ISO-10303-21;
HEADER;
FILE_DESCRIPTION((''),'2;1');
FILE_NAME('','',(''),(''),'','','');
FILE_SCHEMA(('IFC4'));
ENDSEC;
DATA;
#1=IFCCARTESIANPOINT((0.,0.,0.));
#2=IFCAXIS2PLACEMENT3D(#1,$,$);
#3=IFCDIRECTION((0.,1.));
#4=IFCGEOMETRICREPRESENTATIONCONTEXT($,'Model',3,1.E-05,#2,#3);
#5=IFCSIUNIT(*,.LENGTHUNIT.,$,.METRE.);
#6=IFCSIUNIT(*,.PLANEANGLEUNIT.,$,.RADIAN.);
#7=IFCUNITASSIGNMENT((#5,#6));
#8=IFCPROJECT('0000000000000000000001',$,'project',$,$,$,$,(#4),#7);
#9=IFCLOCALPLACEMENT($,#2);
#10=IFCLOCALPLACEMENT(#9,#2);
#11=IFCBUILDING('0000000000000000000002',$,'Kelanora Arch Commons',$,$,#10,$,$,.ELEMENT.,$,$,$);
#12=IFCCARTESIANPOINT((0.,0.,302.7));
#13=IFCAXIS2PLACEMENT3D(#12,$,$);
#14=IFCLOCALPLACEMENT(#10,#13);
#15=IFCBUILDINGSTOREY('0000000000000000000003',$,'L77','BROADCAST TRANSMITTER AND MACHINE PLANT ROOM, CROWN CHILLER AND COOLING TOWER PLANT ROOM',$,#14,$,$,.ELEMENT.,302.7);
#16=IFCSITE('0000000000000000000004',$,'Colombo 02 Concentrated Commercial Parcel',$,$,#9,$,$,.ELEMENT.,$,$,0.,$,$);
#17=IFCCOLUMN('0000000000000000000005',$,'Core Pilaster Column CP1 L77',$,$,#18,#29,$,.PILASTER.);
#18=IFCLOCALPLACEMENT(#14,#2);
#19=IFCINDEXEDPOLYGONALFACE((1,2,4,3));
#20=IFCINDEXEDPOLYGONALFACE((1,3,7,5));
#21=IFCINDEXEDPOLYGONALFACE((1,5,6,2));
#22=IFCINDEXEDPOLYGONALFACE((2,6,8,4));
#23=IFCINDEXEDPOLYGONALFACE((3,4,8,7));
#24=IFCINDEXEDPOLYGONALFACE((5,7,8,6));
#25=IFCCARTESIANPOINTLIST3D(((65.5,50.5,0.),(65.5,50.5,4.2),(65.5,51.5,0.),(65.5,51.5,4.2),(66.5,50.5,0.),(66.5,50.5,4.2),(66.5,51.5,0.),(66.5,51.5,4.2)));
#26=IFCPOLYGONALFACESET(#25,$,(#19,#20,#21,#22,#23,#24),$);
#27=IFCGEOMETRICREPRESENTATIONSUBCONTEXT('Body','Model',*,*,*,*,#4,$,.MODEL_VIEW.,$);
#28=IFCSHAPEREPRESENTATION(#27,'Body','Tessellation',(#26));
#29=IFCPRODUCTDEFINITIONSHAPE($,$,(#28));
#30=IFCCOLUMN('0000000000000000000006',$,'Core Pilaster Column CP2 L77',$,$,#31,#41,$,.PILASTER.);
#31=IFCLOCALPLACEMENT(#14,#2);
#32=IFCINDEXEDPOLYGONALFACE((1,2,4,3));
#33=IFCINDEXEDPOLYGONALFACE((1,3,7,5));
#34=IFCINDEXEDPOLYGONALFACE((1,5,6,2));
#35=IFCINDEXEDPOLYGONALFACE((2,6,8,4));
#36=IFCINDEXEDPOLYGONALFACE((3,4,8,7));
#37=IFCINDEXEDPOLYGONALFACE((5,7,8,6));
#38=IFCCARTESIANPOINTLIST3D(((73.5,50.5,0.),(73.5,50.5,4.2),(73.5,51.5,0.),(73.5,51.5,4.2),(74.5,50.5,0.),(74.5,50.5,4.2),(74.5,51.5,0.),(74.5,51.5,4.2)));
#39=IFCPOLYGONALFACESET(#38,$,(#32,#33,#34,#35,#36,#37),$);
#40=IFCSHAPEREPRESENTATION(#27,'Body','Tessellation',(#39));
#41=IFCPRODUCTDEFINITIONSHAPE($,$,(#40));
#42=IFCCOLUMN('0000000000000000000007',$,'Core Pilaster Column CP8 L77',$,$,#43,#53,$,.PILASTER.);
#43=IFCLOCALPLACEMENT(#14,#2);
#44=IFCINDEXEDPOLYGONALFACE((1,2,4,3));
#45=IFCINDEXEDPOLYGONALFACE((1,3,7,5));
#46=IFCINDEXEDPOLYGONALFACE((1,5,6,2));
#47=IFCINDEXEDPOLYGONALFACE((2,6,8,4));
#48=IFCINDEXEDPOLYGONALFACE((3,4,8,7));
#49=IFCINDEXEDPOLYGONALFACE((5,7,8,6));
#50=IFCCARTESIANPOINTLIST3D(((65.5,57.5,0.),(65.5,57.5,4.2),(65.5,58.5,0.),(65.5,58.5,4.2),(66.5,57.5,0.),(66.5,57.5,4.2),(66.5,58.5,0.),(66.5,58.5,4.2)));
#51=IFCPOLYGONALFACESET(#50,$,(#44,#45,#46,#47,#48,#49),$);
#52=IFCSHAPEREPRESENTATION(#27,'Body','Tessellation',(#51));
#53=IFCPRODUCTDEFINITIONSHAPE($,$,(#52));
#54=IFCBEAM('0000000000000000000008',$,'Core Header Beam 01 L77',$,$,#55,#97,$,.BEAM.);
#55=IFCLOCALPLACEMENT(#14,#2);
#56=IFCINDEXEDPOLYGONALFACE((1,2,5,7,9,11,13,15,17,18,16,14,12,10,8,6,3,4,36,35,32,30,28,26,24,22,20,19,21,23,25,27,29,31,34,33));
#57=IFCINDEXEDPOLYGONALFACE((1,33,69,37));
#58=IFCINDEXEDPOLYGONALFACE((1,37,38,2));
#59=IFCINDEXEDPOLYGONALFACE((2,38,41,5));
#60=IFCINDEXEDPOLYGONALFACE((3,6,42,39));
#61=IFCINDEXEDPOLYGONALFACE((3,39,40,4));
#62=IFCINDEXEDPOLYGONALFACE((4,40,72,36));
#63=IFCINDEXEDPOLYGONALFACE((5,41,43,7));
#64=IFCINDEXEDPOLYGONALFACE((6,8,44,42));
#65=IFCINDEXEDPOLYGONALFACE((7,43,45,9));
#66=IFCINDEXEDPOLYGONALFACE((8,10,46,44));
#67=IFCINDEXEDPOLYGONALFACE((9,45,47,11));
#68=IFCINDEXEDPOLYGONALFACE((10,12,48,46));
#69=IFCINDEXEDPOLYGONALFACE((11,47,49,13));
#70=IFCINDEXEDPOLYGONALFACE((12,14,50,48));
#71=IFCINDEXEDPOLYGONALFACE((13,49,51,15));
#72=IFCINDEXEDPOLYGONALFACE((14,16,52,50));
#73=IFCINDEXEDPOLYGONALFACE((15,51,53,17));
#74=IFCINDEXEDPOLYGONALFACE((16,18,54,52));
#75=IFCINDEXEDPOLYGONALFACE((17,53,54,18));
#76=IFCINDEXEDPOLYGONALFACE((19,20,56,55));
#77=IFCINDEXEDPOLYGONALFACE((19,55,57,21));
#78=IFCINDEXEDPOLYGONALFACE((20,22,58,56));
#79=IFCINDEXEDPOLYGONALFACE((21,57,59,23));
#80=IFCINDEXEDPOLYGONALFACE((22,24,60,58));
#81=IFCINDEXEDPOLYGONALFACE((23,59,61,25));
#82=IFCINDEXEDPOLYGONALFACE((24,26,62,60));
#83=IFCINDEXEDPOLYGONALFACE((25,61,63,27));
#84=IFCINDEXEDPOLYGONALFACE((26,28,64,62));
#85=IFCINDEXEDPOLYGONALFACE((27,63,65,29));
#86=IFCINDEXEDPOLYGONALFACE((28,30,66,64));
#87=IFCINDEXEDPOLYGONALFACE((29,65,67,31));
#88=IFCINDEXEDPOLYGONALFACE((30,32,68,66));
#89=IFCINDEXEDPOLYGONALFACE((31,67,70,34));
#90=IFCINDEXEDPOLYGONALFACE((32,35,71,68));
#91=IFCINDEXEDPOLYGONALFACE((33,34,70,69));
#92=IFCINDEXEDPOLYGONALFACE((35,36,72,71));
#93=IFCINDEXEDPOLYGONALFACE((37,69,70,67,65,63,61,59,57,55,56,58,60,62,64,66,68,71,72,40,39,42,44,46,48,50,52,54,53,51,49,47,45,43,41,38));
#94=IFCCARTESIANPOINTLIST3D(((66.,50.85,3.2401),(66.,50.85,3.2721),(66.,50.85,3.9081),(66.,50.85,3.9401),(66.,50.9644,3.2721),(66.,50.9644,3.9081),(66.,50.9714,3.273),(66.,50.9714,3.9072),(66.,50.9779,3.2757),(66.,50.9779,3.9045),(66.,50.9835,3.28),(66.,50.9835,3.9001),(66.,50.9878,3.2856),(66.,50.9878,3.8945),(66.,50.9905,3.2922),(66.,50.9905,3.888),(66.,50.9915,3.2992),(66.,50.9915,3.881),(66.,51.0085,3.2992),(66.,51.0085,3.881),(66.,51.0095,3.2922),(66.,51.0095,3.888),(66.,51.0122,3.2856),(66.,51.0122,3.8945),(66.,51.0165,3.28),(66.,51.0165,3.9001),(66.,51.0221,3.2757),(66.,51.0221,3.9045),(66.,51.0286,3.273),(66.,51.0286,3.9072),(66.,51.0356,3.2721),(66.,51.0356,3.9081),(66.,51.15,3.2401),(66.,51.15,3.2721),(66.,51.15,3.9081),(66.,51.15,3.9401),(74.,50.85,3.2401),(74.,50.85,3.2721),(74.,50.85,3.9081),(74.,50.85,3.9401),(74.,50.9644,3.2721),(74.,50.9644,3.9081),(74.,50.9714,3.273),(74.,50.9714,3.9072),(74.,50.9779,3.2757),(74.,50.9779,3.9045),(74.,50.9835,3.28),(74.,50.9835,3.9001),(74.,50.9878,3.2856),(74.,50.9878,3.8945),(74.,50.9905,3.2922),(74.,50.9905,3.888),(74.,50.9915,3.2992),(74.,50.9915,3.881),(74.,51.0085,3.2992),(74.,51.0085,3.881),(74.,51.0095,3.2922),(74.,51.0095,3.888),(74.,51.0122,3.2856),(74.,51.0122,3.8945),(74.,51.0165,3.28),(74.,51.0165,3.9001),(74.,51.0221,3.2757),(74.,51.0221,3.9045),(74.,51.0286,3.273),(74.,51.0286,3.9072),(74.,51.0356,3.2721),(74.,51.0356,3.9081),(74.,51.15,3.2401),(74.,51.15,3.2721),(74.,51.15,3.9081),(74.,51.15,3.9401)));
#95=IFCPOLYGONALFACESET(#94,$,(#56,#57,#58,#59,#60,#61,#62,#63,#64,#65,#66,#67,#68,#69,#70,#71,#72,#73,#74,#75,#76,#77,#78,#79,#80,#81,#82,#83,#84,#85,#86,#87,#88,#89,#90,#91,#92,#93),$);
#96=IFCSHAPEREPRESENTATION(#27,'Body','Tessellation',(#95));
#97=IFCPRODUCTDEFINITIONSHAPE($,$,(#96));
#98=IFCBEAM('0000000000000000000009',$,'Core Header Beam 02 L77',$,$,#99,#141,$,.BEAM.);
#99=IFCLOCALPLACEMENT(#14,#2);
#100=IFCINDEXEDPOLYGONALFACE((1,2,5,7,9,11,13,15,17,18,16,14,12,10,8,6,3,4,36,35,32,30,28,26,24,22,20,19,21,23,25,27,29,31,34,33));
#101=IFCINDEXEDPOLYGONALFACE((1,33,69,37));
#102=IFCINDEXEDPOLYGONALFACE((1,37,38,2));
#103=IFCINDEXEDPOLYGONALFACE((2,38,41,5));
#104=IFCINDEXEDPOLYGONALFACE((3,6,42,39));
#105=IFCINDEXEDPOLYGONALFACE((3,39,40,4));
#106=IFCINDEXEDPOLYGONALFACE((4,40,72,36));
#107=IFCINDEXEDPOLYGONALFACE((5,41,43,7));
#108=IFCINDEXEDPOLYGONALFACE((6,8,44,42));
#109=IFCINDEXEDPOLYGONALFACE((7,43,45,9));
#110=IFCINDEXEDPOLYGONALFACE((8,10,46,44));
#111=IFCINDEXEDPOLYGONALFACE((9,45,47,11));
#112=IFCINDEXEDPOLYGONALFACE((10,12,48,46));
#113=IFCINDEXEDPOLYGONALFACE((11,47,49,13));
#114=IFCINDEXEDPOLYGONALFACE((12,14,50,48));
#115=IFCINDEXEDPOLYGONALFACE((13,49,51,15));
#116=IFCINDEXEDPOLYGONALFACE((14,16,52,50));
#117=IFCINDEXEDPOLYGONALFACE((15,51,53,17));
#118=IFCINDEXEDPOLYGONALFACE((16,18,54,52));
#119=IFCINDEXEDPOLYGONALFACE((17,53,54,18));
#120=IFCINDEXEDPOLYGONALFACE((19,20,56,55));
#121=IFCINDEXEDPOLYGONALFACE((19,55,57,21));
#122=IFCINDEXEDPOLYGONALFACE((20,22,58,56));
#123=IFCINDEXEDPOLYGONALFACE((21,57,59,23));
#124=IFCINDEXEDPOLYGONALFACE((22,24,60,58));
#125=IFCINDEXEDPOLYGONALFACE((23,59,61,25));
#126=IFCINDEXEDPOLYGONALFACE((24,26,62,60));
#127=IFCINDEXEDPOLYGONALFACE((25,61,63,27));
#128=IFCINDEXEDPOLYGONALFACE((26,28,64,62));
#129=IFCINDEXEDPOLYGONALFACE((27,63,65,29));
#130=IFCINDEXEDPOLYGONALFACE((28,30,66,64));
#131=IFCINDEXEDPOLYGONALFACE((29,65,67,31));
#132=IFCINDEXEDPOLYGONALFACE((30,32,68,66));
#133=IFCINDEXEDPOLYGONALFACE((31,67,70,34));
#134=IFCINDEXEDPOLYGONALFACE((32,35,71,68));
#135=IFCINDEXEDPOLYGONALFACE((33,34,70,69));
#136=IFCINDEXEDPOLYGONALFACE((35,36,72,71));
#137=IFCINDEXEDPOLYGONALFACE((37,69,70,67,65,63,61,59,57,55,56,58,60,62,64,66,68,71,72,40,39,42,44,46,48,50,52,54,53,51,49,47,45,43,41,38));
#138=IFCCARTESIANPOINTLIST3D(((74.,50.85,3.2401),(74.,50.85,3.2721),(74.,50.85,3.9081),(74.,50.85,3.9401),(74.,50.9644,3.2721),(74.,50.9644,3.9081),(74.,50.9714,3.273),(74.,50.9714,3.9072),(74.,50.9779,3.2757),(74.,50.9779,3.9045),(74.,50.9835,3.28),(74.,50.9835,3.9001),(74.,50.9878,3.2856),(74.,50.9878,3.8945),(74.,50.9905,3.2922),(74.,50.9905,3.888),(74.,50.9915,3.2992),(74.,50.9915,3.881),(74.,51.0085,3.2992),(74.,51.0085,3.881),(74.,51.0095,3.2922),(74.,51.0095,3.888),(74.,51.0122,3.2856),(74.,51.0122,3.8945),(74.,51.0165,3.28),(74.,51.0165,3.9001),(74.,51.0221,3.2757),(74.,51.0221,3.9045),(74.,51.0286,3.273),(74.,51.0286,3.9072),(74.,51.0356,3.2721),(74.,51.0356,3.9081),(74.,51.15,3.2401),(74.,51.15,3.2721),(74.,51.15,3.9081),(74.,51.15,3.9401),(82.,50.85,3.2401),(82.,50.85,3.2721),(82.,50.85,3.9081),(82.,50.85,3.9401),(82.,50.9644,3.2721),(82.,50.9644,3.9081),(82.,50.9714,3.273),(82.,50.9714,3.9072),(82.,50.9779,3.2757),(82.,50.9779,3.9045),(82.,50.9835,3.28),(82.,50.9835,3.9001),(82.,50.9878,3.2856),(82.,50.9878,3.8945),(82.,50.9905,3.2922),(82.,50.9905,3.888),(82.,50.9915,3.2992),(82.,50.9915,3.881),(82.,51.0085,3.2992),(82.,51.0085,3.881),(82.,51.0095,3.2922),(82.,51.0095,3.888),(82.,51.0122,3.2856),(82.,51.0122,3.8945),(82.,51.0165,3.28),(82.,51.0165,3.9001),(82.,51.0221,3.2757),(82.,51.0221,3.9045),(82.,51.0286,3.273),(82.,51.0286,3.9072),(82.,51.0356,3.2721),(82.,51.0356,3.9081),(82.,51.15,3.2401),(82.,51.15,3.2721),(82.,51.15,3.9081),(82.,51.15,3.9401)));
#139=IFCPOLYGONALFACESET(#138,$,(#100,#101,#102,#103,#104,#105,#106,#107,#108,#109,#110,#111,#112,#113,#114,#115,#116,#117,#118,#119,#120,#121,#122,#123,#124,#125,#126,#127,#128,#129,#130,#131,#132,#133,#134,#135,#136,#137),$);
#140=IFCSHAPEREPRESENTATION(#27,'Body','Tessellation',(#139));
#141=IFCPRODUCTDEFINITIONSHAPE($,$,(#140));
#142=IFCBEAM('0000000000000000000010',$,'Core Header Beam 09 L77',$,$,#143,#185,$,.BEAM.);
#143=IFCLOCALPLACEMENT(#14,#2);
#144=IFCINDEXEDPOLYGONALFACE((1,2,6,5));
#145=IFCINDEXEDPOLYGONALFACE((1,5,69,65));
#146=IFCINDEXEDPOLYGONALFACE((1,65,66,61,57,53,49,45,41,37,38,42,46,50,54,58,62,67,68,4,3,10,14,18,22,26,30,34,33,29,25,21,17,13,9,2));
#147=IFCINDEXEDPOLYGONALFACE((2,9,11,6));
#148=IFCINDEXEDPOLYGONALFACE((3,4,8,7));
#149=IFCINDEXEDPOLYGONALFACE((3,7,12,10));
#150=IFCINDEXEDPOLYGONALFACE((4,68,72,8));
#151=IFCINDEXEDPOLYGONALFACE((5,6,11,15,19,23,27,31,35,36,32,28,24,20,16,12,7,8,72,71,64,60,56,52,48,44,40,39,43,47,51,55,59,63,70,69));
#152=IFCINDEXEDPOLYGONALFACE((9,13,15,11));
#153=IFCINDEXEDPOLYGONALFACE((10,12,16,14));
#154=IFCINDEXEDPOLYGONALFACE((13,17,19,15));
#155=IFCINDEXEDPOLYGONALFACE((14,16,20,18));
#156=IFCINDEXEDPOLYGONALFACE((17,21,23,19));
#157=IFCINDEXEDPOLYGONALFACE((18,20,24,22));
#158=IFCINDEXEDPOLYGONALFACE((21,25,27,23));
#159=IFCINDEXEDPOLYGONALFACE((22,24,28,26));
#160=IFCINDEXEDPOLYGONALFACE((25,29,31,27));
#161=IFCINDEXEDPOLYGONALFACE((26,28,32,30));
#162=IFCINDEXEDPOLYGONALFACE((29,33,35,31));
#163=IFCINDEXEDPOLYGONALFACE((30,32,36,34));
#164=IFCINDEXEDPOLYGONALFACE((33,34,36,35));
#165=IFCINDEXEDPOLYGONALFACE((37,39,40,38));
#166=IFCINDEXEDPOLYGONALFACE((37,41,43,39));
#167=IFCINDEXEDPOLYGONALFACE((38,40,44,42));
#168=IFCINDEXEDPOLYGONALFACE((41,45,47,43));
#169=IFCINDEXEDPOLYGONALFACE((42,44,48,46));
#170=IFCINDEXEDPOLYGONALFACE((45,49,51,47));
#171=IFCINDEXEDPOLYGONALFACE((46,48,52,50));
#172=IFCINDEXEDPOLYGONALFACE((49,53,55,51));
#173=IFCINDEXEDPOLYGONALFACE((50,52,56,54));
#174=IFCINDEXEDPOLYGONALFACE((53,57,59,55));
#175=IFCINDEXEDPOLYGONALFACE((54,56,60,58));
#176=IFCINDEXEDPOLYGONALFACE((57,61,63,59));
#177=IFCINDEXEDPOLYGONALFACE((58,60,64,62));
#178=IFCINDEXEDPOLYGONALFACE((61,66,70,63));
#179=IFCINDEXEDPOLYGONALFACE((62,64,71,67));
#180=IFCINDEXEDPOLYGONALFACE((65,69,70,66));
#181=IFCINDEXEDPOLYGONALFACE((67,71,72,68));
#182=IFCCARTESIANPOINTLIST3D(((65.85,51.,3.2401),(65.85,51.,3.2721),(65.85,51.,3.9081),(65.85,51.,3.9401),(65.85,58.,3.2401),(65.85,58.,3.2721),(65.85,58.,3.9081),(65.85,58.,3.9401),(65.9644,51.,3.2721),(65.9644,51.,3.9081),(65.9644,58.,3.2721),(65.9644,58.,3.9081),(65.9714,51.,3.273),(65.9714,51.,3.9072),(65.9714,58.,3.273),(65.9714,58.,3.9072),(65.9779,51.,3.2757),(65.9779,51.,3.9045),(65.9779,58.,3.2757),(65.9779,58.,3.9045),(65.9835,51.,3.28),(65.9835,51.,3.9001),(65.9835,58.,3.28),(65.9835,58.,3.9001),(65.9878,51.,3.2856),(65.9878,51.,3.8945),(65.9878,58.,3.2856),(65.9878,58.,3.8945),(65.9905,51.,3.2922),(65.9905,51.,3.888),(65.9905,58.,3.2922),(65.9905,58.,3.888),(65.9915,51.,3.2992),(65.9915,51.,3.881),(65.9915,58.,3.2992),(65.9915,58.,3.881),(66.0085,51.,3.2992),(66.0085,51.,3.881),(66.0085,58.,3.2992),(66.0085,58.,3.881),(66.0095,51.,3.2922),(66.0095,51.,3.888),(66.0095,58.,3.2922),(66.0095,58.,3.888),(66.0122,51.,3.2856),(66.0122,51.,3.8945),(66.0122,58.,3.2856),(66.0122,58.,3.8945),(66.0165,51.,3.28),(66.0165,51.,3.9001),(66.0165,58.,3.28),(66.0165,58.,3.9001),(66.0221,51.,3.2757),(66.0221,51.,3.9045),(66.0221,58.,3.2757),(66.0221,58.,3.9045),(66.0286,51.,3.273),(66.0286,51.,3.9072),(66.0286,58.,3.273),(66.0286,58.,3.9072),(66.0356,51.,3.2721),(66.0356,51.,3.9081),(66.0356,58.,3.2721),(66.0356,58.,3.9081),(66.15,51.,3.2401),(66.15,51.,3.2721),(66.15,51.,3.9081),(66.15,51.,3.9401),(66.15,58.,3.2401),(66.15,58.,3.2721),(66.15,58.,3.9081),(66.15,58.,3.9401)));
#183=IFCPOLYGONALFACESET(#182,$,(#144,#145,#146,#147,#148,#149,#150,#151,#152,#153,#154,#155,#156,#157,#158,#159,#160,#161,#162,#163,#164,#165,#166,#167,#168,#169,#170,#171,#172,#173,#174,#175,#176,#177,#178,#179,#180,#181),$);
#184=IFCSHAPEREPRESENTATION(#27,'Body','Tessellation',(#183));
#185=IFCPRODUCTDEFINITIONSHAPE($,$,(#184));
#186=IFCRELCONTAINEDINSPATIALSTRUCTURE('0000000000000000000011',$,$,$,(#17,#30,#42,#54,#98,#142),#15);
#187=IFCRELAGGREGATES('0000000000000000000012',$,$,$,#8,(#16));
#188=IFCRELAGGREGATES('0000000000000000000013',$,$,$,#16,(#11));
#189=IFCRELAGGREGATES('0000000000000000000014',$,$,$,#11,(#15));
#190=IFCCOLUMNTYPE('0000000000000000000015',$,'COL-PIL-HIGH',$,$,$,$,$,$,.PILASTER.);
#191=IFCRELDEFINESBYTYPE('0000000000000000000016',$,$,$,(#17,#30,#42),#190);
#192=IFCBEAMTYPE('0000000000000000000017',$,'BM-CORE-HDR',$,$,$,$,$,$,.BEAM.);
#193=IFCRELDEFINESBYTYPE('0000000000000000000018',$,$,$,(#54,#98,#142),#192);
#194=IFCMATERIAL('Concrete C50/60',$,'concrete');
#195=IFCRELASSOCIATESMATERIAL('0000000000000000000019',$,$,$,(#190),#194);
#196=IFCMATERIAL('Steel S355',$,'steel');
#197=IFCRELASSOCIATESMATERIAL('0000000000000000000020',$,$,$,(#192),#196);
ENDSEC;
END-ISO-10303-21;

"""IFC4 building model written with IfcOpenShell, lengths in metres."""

from ifc_helpers import new_model, si_unit, direction, frame, origin, origin_2d, place, context, subcontext, project, spatial, rectangle, i_section, extrude, material, material_profile, profile_set, type_object, element, save


model = new_model("IFC4")

# Units and contexts
model_context = context("Model", 3, precision=1e-05, world=origin(), true_north=direction((0.0, 1.0)))
body_context = subcontext(model_context, "Body", "Model", "MODEL_VIEW")
ifc_project = project(units=[si_unit("LENGTHUNIT", "METRE"), si_unit("PLANEANGLEUNIT", "RADIAN")], contexts=[model_context])

# Site, building, storey
site_placement = place(None, origin())
site = spatial("IfcSite", under=ifc_project, at=site_placement, Name="Colombo 02 Concentrated Commercial Parcel", CompositionType="ELEMENT", RefElevation=0.0)
building_placement = place(site_placement, origin())
building = spatial("IfcBuilding", under=site, at=building_placement, Name="Kelanora Arch Commons", CompositionType="ELEMENT")
storey_placement = place(building_placement, frame((0.0, 0.0, 302.7)))
storey = spatial("IfcBuildingStorey", under=building, at=storey_placement, Name="L77", Description="BROADCAST TRANSMITTER AND MACHINE PLANT ROOM, CROWN CHILLER AND COOLING TOWER PLANT ROOM", CompositionType="ELEMENT", Elevation=302.7)

# Columns
ifc_material_1 = material(Name="Concrete C50/60", Category="concrete")
ifc_material_profile_1 = material_profile(ifc_material_1, rectangle(XDim=1.0, YDim=1.0, at=origin_2d()), Name="RC1000x1000")
ifc_profile_set_1 = profile_set([ifc_material_profile_1], Name="Concrete C50/60")
column_type = type_object("IfcColumnType", Name="COL-PIL-HIGH", PredefinedType="PILASTER", material=ifc_profile_set_1)
for number, where, z_axis, x_axis, name in (
    (1, (66.0, 51.0, 0.0), (0.0, 0.0, 1.0), (1.0, 0.0, 0.0), "Core Pilaster Column CP1 L77"),
    (2, (74.0, 51.0, 0.0), (0.0, 0.0, 1.0), (1.0, 0.0, 0.0), "Core Pilaster Column CP2 L77"),
    (3, (66.0, 58.0, 0.0), (0.0, 0.0, 1.0), (1.0, 0.0, 0.0), "Core Pilaster Column CP8 L77"),
):
    element("IfcColumn", number, at=place(storey_placement, frame(where, z_axis=z_axis, x_axis=x_axis)), inside=storey, type_object=column_type, Name=name, PredefinedType="PILASTER", context=body_context, shape_type="SweptSolid", body=[
        extrude(rectangle(XDim=1.0, YDim=1.0, at=origin_2d()), origin(), (0.0, 0.0, 1.0), 4.2),
    ])

# Beams
ifc_material_2 = material(Name="Steel S355", Category="steel")
ifc_material_profile_2 = material_profile(ifc_material_2, i_section(OverallWidth=0.3, OverallDepth=0.7, WebThickness=0.0171, FlangeThickness=0.032, FilletRadius=0.0271, at=origin_2d()), Name="HEB700")
ifc_profile_set_2 = profile_set([ifc_material_profile_2], Name="Steel S355")
beam_type_1 = type_object("IfcBeamType", Name="BM-CORE-HDR", PredefinedType="BEAM", material=ifc_profile_set_2)
for number, where, z_axis, x_axis, name in (
    (4, (66.0, 51.0, 3.5901), (1.0, 0.0, 0.0), (0.0, 1.0, 0.0), "Core Header Beam 01 L77"),
    (5, (74.0, 51.0, 3.5901), (1.0, 0.0, 0.0), (0.0, 1.0, 0.0), "Core Header Beam 02 L77"),
):
    element("IfcBeam", number, at=place(storey_placement, frame(where, z_axis=z_axis, x_axis=x_axis)), inside=storey, type_object=beam_type_1, Name=name, PredefinedType="BEAM", context=body_context, shape_type="SweptSolid", body=[
        extrude(i_section(OverallWidth=0.3, OverallDepth=0.7, WebThickness=0.0171, FlangeThickness=0.032, FilletRadius=0.0271, at=origin_2d()), origin(), (0.0, 0.0, 1.0), 8.0),
    ])
beam_1_placement = place(storey_placement, frame((66.0, 58.0, 3.5901), z_axis=(0.0, -1.0, 0.0), x_axis=(1.0, 0.0, 0.0)))
element("IfcBeam", 6, at=beam_1_placement, inside=storey, type_object=beam_type_1, Name="Core Header Beam 09 L77", PredefinedType="BEAM", context=body_context, shape_type="SweptSolid", body=[
    extrude(i_section(OverallWidth=0.3, OverallDepth=0.7, WebThickness=0.0171, FlangeThickness=0.032, FilletRadius=0.0271, at=origin_2d()), origin(), (0.0, 0.0, 1.0), 7.0),
])

save(model, "model.ifc")
